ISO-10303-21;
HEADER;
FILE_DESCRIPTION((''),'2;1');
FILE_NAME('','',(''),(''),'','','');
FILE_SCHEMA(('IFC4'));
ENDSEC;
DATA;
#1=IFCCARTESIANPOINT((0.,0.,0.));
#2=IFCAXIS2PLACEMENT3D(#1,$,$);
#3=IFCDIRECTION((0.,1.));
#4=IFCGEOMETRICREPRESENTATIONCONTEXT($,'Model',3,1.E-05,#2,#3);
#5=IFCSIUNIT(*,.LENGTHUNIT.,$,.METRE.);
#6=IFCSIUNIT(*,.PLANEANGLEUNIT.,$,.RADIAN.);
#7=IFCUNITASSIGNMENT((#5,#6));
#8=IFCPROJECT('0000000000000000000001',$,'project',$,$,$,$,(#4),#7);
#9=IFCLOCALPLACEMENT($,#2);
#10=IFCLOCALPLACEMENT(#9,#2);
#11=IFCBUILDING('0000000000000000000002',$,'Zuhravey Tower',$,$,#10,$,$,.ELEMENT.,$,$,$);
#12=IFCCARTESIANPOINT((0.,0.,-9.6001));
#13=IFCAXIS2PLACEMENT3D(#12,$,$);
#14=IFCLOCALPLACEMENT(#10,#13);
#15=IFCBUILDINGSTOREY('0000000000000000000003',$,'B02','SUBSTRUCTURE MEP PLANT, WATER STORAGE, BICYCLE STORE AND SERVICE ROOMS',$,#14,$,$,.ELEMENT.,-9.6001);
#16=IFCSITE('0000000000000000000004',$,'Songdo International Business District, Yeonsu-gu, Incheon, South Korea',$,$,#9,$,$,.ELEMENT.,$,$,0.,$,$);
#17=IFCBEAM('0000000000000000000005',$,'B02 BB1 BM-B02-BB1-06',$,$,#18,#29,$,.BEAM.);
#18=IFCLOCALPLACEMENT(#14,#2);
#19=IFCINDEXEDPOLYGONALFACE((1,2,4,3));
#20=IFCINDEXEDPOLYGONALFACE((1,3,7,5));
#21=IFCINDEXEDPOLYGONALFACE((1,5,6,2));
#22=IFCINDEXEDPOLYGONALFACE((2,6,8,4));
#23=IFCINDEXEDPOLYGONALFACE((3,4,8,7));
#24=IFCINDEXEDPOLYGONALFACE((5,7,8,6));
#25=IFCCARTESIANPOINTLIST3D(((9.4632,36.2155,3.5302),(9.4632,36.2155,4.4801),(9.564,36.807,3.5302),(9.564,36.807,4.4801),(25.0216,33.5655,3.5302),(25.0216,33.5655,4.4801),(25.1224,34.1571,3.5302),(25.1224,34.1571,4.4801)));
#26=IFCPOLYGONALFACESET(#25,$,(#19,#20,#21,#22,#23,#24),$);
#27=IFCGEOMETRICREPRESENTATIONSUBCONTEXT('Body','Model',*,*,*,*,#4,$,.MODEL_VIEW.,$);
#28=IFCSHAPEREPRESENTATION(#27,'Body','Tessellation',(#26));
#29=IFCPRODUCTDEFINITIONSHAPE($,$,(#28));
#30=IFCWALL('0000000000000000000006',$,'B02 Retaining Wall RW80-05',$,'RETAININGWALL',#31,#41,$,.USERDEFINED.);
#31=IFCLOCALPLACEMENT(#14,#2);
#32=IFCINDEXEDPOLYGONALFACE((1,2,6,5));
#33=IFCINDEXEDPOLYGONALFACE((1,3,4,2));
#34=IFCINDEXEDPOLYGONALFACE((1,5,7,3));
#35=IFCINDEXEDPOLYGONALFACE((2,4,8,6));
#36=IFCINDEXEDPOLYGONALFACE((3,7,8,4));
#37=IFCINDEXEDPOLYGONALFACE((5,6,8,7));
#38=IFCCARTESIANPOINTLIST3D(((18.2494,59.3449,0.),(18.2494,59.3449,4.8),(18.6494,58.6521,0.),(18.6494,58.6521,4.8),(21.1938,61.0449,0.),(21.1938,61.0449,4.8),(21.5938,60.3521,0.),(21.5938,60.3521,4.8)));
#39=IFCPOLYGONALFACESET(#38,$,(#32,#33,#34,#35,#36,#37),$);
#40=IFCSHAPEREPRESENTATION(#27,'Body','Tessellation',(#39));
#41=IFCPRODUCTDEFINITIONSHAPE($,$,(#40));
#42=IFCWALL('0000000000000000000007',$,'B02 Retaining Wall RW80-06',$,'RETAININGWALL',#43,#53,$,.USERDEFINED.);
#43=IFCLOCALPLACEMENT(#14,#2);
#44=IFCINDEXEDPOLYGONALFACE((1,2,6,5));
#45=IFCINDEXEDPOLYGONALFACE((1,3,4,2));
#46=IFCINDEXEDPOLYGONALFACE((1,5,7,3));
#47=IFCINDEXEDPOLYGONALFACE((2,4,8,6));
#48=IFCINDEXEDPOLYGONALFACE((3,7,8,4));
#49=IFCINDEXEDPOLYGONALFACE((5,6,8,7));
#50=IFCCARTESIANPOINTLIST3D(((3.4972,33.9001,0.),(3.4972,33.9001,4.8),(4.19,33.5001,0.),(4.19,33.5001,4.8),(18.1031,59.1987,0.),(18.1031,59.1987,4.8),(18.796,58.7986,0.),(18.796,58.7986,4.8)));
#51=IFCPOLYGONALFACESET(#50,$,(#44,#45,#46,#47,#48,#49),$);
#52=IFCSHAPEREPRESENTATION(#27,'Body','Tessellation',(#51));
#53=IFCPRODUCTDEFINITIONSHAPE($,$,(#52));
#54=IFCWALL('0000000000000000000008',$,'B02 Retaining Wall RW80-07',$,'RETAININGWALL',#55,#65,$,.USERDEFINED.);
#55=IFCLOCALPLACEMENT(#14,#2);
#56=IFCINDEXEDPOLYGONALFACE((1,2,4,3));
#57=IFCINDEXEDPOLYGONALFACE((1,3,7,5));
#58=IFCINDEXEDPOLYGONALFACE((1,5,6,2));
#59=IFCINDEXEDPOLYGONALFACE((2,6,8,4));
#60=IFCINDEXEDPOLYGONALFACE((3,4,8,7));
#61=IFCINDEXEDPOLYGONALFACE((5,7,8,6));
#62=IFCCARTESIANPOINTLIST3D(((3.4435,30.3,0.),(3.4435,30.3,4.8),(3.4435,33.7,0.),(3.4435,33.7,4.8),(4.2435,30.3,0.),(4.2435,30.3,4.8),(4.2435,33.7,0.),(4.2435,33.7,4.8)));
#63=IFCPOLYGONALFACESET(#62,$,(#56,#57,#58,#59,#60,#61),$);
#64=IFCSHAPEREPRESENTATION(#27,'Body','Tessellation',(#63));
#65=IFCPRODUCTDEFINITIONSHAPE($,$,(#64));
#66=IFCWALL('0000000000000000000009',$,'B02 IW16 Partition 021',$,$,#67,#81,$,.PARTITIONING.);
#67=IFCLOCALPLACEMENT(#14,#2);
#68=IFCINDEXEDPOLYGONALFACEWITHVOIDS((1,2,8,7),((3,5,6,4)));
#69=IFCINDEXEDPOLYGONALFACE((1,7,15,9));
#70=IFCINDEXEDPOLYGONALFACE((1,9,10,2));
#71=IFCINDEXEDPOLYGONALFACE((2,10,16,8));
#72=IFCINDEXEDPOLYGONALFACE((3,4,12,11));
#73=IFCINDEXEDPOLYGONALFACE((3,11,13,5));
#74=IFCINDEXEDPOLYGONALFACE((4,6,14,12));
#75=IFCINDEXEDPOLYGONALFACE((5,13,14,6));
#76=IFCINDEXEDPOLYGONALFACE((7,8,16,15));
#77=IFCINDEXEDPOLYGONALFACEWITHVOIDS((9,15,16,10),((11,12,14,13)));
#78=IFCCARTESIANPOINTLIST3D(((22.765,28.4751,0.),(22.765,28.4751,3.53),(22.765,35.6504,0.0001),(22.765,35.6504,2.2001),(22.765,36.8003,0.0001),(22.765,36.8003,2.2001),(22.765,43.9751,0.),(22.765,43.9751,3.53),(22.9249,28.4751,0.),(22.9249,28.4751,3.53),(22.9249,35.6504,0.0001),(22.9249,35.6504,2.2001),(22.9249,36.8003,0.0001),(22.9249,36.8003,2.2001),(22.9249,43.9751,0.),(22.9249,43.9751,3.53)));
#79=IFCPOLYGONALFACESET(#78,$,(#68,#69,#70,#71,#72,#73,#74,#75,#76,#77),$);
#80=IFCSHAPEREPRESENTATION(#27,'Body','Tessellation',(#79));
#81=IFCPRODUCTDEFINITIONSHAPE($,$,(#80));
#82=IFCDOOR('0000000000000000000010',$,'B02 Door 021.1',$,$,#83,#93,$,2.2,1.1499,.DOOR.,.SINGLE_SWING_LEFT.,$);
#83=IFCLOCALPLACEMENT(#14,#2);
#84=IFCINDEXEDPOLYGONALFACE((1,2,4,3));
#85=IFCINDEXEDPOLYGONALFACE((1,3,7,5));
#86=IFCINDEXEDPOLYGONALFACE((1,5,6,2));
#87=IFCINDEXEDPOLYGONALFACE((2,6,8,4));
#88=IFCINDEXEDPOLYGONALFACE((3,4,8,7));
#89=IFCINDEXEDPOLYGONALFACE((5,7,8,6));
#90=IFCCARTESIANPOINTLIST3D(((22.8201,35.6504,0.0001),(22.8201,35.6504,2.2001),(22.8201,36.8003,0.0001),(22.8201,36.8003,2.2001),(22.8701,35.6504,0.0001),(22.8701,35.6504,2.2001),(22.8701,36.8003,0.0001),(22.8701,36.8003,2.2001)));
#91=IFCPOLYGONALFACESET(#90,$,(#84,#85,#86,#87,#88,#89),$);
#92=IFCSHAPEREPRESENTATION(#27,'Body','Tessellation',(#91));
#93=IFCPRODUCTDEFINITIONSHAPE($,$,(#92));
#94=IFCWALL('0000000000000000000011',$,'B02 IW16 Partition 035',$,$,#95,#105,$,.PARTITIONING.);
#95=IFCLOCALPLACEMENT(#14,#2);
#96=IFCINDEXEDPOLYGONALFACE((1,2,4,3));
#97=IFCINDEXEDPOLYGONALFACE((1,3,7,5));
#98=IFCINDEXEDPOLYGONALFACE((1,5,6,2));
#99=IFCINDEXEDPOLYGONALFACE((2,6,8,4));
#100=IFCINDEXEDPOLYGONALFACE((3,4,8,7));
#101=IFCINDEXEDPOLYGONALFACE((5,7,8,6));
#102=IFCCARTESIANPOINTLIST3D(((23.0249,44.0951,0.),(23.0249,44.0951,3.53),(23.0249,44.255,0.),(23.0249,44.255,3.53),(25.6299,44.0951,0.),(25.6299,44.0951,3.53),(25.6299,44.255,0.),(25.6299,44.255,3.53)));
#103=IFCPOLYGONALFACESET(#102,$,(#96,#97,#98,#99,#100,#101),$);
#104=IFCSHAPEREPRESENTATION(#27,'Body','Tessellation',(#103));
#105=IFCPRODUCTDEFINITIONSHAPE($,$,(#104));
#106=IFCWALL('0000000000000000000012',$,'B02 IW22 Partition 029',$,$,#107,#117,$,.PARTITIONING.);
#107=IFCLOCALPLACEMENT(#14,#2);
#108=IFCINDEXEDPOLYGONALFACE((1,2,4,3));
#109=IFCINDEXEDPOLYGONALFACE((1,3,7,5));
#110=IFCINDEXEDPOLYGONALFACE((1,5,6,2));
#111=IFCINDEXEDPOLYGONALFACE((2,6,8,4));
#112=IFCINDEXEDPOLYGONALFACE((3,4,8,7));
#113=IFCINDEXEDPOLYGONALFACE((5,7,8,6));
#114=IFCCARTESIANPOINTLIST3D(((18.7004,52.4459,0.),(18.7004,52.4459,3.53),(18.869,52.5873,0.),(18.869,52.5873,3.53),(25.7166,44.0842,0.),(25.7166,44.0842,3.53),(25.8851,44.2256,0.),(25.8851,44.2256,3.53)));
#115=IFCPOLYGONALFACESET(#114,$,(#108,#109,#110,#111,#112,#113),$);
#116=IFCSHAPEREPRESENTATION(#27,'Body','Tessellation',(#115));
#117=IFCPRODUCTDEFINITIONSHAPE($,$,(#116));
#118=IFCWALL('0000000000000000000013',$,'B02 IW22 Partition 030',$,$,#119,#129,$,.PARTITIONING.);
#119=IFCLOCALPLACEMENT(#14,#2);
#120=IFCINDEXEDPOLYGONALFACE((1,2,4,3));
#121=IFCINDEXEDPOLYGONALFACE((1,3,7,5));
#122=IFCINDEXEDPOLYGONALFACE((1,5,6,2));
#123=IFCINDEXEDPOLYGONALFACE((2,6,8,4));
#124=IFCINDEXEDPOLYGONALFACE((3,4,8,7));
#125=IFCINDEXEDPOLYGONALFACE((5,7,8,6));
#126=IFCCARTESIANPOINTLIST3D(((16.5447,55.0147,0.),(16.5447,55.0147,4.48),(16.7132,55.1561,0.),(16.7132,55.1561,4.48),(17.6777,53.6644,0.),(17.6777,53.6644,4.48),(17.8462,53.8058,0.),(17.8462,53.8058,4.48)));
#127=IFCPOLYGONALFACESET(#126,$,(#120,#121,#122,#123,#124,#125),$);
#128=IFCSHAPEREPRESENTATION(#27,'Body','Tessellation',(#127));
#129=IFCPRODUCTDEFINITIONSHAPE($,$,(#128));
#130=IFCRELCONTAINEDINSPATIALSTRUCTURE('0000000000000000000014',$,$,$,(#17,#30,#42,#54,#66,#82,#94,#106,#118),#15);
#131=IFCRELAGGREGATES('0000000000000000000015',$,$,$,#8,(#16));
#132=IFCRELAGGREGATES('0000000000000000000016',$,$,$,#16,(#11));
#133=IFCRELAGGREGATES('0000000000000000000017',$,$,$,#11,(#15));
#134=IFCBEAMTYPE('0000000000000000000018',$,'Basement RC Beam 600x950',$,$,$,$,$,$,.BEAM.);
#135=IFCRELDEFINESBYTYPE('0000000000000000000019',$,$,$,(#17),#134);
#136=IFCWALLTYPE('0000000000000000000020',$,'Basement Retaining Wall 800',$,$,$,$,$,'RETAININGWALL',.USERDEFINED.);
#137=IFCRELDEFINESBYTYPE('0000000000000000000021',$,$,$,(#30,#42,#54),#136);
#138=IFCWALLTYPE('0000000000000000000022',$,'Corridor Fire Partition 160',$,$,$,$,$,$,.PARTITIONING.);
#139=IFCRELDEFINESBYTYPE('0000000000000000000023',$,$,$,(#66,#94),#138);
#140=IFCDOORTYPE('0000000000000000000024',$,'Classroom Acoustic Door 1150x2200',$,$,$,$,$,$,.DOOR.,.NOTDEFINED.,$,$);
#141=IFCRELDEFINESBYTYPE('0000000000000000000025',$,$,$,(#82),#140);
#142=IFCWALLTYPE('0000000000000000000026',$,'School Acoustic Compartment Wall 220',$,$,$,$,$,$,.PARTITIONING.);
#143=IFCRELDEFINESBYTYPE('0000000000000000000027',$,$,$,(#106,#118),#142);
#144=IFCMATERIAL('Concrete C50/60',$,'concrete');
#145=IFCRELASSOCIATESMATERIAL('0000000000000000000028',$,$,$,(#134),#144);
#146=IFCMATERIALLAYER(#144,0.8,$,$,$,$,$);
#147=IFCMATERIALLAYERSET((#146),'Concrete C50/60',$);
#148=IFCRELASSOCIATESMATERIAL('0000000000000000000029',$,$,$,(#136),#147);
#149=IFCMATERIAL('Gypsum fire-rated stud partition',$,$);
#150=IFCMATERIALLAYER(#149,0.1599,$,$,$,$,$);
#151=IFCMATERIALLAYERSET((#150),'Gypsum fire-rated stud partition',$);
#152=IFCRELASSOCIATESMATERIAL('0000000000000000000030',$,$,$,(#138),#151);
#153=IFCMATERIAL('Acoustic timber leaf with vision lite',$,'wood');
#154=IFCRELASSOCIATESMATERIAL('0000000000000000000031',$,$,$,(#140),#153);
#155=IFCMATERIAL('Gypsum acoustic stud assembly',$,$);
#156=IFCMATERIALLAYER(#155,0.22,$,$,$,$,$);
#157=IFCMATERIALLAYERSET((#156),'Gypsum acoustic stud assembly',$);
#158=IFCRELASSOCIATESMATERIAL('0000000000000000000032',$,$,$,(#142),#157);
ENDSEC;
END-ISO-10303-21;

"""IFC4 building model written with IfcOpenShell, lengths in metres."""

from ifc_helpers import new_model, si_unit, direction, frame, frame_2d, origin, origin_2d, place, context, subcontext, project, spatial, rectangle, extrude, material, layer, layer_set, material_profile, profile_set, type_object, element, fill, save


model = new_model("IFC4")

# Units and contexts
model_context = context("Model", 3, precision=1e-05, world=origin(), true_north=direction((0.0, 1.0)))
body_context = subcontext(model_context, "Body", "Model", "MODEL_VIEW")
ifc_project = project(units=[si_unit("LENGTHUNIT", "METRE"), si_unit("PLANEANGLEUNIT", "RADIAN")], contexts=[model_context])

# Site, building, storey
site_placement = place(None, origin())
site = spatial("IfcSite", under=ifc_project, at=site_placement, Name="Songdo International Business District, Yeonsu-gu, Incheon, South Korea", CompositionType="ELEMENT", RefElevation=0.0)
building_placement = place(site_placement, origin())
building = spatial("IfcBuilding", under=site, at=building_placement, Name="Zuhravey Tower", CompositionType="ELEMENT")
storey_placement = place(building_placement, frame((0.0, 0.0, -9.6001)))
storey = spatial("IfcBuildingStorey", under=building, at=storey_placement, Name="B02", Description="SUBSTRUCTURE MEP PLANT, WATER STORAGE, BICYCLE STORE AND SERVICE ROOMS", CompositionType="ELEMENT", Elevation=-9.6001)

# Shared definitions
ifc_material_1 = material(Name="Concrete C50/60", Category="concrete")

# Beam
ifc_material_profile_1 = material_profile(ifc_material_1, rectangle(XDim=0.6001, YDim=0.95, at=origin_2d()), Name="RC-600x950")
ifc_profile_set_1 = profile_set([ifc_material_profile_1], Name="Concrete C50/60")
beam_type = type_object("IfcBeamType", Name="Basement RC Beam 600x950", PredefinedType="BEAM", material=ifc_profile_set_1)
beam_placement = place(storey_placement, frame((25.072, 33.8613, 4.0051), z_axis=(-0.985804, 0.167902, 0.0), x_axis=(-0.167902, -0.985804, 0.0)))
element("IfcBeam", 1, at=beam_placement, inside=storey, type_object=beam_type, Name="B02 BB1 BM-B02-BB1-06", PredefinedType="BEAM", context=body_context, shape_type="SweptSolid", body=[
    extrude(rectangle(XDim=0.6001, YDim=0.95, at=origin_2d()), origin(), (0.0, 0.0, 1.0), 15.7825),
])

# Walls
ifc_layer_1 = layer(ifc_material_1, 0.8)
ifc_layer_set_1 = layer_set([ifc_layer_1], Name="Concrete C50/60")
wall_type_1 = type_object("IfcWallType", Name="Basement Retaining Wall 800", ElementType="RETAININGWALL", PredefinedType="USERDEFINED", material=ifc_layer_set_1)
wall_1_placement = place(storey_placement, frame((21.3938, 60.6985, 0.0), z_axis=(0.0, 0.0, 1.0), x_axis=(-0.866021, -0.500008, 0.0)))
element("IfcWall", 2, at=wall_1_placement, inside=storey, type_object=wall_type_1, Name="B02 Retaining Wall RW80-05", ObjectType="RETAININGWALL", PredefinedType="USERDEFINED", context=body_context, shape_type="SweptSolid", body=[
    extrude(rectangle(XDim=3.3999, YDim=0.8, at=frame_2d((1.7, 0.0))), origin(), (0.0, 0.0, 1.0), 4.8),
])
wall_2_placement = place(storey_placement, frame((18.4495, 58.9985, 0.0), z_axis=(0.0, 0.0, 1.0), x_axis=(-0.499995, -0.866028, 0.0)))
element("IfcWall", 3, at=wall_2_placement, inside=storey, type_object=wall_type_1, Name="B02 Retaining Wall RW80-06", ObjectType="RETAININGWALL", PredefinedType="USERDEFINED", context=body_context, shape_type="SweptSolid", body=[
    extrude(rectangle(XDim=29.2122, YDim=0.8, at=frame_2d((14.606, 0.0))), origin(), (0.0, 0.0, 1.0), 4.8),
])
wall_3_placement = place(storey_placement, frame((3.8435, 33.7, 0.0), z_axis=(0.0, 0.0, 1.0), x_axis=(0.0, -1.0, 0.0)))
element("IfcWall", 4, at=wall_3_placement, inside=storey, type_object=wall_type_1, Name="B02 Retaining Wall RW80-07", ObjectType="RETAININGWALL", PredefinedType="USERDEFINED", context=body_context, shape_type="SweptSolid", body=[
    extrude(rectangle(XDim=3.3999, YDim=0.8, at=frame_2d((1.7, 0.0))), origin(), (0.0, 0.0, 1.0), 4.8),
])

# Wall, opening, door
ifc_material_2 = material(Name="Gypsum fire-rated stud partition")
ifc_layer_2 = layer(ifc_material_2, 0.1599)
ifc_layer_set_2 = layer_set([ifc_layer_2], Name="Gypsum fire-rated stud partition")
wall_type_2 = type_object("IfcWallType", Name="Corridor Fire Partition 160", PredefinedType="PARTITIONING", material=ifc_layer_set_2)
wall_4_placement = place(storey_placement, frame((22.845, 43.9751, 0.0), z_axis=(0.0, 0.0, 1.0), x_axis=(0.0, -1.0, 0.0)))
wall_4 = element("IfcWall", 5, at=wall_4_placement, inside=storey, type_object=wall_type_2, Name="B02 IW16 Partition 021", PredefinedType="PARTITIONING", context=body_context, shape_type="SweptSolid", body=[
    extrude(rectangle(XDim=15.5, YDim=0.1599, at=frame_2d((7.75, 0.0))), origin(), (0.0, 0.0, 1.0), 3.53),
])
opening_placement = place(wall_4_placement, frame((7.1748, 0.0, 0.0)))
opening = element("IfcOpeningElement", 6, at=opening_placement, cuts=wall_4, PredefinedType="OPENING", context=body_context, shape_type="SweptSolid", body=[
    extrude(rectangle(XDim=1.1499, YDim=2.2, at=frame_2d((0.575, 1.1001))), frame((0.0, 0.092, 0.0), z_axis=(0.0, -1.0, 0.0), x_axis=(1.0, 0.0, 0.0)), (0.0, 0.0, 1.0), 0.1838),
])
ifc_material_3 = material(Name="Acoustic timber leaf with vision lite", Category="wood")
door_type = type_object("IfcDoorType", Name="Classroom Acoustic Door 1150x2200", OperationType="NOTDEFINED", PredefinedType="DOOR", material=ifc_material_3)
door_placement = place(opening_placement, frame((1.1499, 0.0, 0.0), z_axis=(0.0, 0.0, 1.0), x_axis=(-1.0, 0.0, 0.0)))
door = element("IfcDoor", 7, at=door_placement, inside=storey, type_object=door_type, Name="B02 Door 021.1", OperationType="SINGLE_SWING_LEFT", OverallHeight=2.2, OverallWidth=1.1499, PredefinedType="DOOR", context=body_context, shape_type="SweptSolid", body=[
    extrude(rectangle(XDim=1.1499, YDim=2.2, at=frame_2d((0.575, 1.1001))), frame((0.0, 0.0249, 0.0), z_axis=(0.0, -1.0, 0.0), x_axis=(1.0, 0.0, 0.0)), (0.0, 0.0, 1.0), 0.05),
])
fill(opening, door)

# Walls
wall_5_placement = place(storey_placement, frame((25.6299, 44.175, 0.0), z_axis=(0.0, 0.0, 1.0), x_axis=(-1.0, 0.0, 0.0)))
element("IfcWall", 8, at=wall_5_placement, inside=storey, type_object=wall_type_2, Name="B02 IW16 Partition 035", PredefinedType="PARTITIONING", context=body_context, shape_type="SweptSolid", body=[
    extrude(rectangle(XDim=2.605, YDim=0.1599, at=frame_2d((1.3025, 0.0))), origin(), (0.0, 0.0, 1.0), 3.53),
])
ifc_material_4 = material(Name="Gypsum acoustic stud assembly")
ifc_layer_3 = layer(ifc_material_4, 0.22)
ifc_layer_set_3 = layer_set([ifc_layer_3], Name="Gypsum acoustic stud assembly")
wall_type_3 = type_object("IfcWallType", Name="School Acoustic Compartment Wall 220", PredefinedType="PARTITIONING", material=ifc_layer_set_3)
wall_6_placement = place(storey_placement, frame((25.8008, 44.155, 0.0), z_axis=(0.0, 0.0, 1.0), x_axis=(-0.642783, 0.766048, 0.0)))
element("IfcWall", 9, at=wall_6_placement, inside=storey, type_object=wall_type_3, Name="B02 IW22 Partition 029", PredefinedType="PARTITIONING", context=body_context, shape_type="SweptSolid", body=[
    extrude(rectangle(XDim=10.9153, YDim=0.22, at=frame_2d((5.4575, 0.0))), origin(), (0.0, 0.0, 1.0), 3.53),
])
wall_7_placement = place(storey_placement, frame((17.762, 53.7351, 0.0), z_axis=(0.0, 0.0, 1.0), x_axis=(-0.642783, 0.766049, 0.0)))
element("IfcWall", 10, at=wall_7_placement, inside=storey, type_object=wall_type_3, Name="B02 IW22 Partition 030", PredefinedType="PARTITIONING", context=body_context, shape_type="SweptSolid", body=[
    extrude(rectangle(XDim=1.7627, YDim=0.22, at=frame_2d((0.8813, 0.0))), origin(), (0.0, 0.0, 1.0), 4.48),
])

save(model, "model.ifc")
